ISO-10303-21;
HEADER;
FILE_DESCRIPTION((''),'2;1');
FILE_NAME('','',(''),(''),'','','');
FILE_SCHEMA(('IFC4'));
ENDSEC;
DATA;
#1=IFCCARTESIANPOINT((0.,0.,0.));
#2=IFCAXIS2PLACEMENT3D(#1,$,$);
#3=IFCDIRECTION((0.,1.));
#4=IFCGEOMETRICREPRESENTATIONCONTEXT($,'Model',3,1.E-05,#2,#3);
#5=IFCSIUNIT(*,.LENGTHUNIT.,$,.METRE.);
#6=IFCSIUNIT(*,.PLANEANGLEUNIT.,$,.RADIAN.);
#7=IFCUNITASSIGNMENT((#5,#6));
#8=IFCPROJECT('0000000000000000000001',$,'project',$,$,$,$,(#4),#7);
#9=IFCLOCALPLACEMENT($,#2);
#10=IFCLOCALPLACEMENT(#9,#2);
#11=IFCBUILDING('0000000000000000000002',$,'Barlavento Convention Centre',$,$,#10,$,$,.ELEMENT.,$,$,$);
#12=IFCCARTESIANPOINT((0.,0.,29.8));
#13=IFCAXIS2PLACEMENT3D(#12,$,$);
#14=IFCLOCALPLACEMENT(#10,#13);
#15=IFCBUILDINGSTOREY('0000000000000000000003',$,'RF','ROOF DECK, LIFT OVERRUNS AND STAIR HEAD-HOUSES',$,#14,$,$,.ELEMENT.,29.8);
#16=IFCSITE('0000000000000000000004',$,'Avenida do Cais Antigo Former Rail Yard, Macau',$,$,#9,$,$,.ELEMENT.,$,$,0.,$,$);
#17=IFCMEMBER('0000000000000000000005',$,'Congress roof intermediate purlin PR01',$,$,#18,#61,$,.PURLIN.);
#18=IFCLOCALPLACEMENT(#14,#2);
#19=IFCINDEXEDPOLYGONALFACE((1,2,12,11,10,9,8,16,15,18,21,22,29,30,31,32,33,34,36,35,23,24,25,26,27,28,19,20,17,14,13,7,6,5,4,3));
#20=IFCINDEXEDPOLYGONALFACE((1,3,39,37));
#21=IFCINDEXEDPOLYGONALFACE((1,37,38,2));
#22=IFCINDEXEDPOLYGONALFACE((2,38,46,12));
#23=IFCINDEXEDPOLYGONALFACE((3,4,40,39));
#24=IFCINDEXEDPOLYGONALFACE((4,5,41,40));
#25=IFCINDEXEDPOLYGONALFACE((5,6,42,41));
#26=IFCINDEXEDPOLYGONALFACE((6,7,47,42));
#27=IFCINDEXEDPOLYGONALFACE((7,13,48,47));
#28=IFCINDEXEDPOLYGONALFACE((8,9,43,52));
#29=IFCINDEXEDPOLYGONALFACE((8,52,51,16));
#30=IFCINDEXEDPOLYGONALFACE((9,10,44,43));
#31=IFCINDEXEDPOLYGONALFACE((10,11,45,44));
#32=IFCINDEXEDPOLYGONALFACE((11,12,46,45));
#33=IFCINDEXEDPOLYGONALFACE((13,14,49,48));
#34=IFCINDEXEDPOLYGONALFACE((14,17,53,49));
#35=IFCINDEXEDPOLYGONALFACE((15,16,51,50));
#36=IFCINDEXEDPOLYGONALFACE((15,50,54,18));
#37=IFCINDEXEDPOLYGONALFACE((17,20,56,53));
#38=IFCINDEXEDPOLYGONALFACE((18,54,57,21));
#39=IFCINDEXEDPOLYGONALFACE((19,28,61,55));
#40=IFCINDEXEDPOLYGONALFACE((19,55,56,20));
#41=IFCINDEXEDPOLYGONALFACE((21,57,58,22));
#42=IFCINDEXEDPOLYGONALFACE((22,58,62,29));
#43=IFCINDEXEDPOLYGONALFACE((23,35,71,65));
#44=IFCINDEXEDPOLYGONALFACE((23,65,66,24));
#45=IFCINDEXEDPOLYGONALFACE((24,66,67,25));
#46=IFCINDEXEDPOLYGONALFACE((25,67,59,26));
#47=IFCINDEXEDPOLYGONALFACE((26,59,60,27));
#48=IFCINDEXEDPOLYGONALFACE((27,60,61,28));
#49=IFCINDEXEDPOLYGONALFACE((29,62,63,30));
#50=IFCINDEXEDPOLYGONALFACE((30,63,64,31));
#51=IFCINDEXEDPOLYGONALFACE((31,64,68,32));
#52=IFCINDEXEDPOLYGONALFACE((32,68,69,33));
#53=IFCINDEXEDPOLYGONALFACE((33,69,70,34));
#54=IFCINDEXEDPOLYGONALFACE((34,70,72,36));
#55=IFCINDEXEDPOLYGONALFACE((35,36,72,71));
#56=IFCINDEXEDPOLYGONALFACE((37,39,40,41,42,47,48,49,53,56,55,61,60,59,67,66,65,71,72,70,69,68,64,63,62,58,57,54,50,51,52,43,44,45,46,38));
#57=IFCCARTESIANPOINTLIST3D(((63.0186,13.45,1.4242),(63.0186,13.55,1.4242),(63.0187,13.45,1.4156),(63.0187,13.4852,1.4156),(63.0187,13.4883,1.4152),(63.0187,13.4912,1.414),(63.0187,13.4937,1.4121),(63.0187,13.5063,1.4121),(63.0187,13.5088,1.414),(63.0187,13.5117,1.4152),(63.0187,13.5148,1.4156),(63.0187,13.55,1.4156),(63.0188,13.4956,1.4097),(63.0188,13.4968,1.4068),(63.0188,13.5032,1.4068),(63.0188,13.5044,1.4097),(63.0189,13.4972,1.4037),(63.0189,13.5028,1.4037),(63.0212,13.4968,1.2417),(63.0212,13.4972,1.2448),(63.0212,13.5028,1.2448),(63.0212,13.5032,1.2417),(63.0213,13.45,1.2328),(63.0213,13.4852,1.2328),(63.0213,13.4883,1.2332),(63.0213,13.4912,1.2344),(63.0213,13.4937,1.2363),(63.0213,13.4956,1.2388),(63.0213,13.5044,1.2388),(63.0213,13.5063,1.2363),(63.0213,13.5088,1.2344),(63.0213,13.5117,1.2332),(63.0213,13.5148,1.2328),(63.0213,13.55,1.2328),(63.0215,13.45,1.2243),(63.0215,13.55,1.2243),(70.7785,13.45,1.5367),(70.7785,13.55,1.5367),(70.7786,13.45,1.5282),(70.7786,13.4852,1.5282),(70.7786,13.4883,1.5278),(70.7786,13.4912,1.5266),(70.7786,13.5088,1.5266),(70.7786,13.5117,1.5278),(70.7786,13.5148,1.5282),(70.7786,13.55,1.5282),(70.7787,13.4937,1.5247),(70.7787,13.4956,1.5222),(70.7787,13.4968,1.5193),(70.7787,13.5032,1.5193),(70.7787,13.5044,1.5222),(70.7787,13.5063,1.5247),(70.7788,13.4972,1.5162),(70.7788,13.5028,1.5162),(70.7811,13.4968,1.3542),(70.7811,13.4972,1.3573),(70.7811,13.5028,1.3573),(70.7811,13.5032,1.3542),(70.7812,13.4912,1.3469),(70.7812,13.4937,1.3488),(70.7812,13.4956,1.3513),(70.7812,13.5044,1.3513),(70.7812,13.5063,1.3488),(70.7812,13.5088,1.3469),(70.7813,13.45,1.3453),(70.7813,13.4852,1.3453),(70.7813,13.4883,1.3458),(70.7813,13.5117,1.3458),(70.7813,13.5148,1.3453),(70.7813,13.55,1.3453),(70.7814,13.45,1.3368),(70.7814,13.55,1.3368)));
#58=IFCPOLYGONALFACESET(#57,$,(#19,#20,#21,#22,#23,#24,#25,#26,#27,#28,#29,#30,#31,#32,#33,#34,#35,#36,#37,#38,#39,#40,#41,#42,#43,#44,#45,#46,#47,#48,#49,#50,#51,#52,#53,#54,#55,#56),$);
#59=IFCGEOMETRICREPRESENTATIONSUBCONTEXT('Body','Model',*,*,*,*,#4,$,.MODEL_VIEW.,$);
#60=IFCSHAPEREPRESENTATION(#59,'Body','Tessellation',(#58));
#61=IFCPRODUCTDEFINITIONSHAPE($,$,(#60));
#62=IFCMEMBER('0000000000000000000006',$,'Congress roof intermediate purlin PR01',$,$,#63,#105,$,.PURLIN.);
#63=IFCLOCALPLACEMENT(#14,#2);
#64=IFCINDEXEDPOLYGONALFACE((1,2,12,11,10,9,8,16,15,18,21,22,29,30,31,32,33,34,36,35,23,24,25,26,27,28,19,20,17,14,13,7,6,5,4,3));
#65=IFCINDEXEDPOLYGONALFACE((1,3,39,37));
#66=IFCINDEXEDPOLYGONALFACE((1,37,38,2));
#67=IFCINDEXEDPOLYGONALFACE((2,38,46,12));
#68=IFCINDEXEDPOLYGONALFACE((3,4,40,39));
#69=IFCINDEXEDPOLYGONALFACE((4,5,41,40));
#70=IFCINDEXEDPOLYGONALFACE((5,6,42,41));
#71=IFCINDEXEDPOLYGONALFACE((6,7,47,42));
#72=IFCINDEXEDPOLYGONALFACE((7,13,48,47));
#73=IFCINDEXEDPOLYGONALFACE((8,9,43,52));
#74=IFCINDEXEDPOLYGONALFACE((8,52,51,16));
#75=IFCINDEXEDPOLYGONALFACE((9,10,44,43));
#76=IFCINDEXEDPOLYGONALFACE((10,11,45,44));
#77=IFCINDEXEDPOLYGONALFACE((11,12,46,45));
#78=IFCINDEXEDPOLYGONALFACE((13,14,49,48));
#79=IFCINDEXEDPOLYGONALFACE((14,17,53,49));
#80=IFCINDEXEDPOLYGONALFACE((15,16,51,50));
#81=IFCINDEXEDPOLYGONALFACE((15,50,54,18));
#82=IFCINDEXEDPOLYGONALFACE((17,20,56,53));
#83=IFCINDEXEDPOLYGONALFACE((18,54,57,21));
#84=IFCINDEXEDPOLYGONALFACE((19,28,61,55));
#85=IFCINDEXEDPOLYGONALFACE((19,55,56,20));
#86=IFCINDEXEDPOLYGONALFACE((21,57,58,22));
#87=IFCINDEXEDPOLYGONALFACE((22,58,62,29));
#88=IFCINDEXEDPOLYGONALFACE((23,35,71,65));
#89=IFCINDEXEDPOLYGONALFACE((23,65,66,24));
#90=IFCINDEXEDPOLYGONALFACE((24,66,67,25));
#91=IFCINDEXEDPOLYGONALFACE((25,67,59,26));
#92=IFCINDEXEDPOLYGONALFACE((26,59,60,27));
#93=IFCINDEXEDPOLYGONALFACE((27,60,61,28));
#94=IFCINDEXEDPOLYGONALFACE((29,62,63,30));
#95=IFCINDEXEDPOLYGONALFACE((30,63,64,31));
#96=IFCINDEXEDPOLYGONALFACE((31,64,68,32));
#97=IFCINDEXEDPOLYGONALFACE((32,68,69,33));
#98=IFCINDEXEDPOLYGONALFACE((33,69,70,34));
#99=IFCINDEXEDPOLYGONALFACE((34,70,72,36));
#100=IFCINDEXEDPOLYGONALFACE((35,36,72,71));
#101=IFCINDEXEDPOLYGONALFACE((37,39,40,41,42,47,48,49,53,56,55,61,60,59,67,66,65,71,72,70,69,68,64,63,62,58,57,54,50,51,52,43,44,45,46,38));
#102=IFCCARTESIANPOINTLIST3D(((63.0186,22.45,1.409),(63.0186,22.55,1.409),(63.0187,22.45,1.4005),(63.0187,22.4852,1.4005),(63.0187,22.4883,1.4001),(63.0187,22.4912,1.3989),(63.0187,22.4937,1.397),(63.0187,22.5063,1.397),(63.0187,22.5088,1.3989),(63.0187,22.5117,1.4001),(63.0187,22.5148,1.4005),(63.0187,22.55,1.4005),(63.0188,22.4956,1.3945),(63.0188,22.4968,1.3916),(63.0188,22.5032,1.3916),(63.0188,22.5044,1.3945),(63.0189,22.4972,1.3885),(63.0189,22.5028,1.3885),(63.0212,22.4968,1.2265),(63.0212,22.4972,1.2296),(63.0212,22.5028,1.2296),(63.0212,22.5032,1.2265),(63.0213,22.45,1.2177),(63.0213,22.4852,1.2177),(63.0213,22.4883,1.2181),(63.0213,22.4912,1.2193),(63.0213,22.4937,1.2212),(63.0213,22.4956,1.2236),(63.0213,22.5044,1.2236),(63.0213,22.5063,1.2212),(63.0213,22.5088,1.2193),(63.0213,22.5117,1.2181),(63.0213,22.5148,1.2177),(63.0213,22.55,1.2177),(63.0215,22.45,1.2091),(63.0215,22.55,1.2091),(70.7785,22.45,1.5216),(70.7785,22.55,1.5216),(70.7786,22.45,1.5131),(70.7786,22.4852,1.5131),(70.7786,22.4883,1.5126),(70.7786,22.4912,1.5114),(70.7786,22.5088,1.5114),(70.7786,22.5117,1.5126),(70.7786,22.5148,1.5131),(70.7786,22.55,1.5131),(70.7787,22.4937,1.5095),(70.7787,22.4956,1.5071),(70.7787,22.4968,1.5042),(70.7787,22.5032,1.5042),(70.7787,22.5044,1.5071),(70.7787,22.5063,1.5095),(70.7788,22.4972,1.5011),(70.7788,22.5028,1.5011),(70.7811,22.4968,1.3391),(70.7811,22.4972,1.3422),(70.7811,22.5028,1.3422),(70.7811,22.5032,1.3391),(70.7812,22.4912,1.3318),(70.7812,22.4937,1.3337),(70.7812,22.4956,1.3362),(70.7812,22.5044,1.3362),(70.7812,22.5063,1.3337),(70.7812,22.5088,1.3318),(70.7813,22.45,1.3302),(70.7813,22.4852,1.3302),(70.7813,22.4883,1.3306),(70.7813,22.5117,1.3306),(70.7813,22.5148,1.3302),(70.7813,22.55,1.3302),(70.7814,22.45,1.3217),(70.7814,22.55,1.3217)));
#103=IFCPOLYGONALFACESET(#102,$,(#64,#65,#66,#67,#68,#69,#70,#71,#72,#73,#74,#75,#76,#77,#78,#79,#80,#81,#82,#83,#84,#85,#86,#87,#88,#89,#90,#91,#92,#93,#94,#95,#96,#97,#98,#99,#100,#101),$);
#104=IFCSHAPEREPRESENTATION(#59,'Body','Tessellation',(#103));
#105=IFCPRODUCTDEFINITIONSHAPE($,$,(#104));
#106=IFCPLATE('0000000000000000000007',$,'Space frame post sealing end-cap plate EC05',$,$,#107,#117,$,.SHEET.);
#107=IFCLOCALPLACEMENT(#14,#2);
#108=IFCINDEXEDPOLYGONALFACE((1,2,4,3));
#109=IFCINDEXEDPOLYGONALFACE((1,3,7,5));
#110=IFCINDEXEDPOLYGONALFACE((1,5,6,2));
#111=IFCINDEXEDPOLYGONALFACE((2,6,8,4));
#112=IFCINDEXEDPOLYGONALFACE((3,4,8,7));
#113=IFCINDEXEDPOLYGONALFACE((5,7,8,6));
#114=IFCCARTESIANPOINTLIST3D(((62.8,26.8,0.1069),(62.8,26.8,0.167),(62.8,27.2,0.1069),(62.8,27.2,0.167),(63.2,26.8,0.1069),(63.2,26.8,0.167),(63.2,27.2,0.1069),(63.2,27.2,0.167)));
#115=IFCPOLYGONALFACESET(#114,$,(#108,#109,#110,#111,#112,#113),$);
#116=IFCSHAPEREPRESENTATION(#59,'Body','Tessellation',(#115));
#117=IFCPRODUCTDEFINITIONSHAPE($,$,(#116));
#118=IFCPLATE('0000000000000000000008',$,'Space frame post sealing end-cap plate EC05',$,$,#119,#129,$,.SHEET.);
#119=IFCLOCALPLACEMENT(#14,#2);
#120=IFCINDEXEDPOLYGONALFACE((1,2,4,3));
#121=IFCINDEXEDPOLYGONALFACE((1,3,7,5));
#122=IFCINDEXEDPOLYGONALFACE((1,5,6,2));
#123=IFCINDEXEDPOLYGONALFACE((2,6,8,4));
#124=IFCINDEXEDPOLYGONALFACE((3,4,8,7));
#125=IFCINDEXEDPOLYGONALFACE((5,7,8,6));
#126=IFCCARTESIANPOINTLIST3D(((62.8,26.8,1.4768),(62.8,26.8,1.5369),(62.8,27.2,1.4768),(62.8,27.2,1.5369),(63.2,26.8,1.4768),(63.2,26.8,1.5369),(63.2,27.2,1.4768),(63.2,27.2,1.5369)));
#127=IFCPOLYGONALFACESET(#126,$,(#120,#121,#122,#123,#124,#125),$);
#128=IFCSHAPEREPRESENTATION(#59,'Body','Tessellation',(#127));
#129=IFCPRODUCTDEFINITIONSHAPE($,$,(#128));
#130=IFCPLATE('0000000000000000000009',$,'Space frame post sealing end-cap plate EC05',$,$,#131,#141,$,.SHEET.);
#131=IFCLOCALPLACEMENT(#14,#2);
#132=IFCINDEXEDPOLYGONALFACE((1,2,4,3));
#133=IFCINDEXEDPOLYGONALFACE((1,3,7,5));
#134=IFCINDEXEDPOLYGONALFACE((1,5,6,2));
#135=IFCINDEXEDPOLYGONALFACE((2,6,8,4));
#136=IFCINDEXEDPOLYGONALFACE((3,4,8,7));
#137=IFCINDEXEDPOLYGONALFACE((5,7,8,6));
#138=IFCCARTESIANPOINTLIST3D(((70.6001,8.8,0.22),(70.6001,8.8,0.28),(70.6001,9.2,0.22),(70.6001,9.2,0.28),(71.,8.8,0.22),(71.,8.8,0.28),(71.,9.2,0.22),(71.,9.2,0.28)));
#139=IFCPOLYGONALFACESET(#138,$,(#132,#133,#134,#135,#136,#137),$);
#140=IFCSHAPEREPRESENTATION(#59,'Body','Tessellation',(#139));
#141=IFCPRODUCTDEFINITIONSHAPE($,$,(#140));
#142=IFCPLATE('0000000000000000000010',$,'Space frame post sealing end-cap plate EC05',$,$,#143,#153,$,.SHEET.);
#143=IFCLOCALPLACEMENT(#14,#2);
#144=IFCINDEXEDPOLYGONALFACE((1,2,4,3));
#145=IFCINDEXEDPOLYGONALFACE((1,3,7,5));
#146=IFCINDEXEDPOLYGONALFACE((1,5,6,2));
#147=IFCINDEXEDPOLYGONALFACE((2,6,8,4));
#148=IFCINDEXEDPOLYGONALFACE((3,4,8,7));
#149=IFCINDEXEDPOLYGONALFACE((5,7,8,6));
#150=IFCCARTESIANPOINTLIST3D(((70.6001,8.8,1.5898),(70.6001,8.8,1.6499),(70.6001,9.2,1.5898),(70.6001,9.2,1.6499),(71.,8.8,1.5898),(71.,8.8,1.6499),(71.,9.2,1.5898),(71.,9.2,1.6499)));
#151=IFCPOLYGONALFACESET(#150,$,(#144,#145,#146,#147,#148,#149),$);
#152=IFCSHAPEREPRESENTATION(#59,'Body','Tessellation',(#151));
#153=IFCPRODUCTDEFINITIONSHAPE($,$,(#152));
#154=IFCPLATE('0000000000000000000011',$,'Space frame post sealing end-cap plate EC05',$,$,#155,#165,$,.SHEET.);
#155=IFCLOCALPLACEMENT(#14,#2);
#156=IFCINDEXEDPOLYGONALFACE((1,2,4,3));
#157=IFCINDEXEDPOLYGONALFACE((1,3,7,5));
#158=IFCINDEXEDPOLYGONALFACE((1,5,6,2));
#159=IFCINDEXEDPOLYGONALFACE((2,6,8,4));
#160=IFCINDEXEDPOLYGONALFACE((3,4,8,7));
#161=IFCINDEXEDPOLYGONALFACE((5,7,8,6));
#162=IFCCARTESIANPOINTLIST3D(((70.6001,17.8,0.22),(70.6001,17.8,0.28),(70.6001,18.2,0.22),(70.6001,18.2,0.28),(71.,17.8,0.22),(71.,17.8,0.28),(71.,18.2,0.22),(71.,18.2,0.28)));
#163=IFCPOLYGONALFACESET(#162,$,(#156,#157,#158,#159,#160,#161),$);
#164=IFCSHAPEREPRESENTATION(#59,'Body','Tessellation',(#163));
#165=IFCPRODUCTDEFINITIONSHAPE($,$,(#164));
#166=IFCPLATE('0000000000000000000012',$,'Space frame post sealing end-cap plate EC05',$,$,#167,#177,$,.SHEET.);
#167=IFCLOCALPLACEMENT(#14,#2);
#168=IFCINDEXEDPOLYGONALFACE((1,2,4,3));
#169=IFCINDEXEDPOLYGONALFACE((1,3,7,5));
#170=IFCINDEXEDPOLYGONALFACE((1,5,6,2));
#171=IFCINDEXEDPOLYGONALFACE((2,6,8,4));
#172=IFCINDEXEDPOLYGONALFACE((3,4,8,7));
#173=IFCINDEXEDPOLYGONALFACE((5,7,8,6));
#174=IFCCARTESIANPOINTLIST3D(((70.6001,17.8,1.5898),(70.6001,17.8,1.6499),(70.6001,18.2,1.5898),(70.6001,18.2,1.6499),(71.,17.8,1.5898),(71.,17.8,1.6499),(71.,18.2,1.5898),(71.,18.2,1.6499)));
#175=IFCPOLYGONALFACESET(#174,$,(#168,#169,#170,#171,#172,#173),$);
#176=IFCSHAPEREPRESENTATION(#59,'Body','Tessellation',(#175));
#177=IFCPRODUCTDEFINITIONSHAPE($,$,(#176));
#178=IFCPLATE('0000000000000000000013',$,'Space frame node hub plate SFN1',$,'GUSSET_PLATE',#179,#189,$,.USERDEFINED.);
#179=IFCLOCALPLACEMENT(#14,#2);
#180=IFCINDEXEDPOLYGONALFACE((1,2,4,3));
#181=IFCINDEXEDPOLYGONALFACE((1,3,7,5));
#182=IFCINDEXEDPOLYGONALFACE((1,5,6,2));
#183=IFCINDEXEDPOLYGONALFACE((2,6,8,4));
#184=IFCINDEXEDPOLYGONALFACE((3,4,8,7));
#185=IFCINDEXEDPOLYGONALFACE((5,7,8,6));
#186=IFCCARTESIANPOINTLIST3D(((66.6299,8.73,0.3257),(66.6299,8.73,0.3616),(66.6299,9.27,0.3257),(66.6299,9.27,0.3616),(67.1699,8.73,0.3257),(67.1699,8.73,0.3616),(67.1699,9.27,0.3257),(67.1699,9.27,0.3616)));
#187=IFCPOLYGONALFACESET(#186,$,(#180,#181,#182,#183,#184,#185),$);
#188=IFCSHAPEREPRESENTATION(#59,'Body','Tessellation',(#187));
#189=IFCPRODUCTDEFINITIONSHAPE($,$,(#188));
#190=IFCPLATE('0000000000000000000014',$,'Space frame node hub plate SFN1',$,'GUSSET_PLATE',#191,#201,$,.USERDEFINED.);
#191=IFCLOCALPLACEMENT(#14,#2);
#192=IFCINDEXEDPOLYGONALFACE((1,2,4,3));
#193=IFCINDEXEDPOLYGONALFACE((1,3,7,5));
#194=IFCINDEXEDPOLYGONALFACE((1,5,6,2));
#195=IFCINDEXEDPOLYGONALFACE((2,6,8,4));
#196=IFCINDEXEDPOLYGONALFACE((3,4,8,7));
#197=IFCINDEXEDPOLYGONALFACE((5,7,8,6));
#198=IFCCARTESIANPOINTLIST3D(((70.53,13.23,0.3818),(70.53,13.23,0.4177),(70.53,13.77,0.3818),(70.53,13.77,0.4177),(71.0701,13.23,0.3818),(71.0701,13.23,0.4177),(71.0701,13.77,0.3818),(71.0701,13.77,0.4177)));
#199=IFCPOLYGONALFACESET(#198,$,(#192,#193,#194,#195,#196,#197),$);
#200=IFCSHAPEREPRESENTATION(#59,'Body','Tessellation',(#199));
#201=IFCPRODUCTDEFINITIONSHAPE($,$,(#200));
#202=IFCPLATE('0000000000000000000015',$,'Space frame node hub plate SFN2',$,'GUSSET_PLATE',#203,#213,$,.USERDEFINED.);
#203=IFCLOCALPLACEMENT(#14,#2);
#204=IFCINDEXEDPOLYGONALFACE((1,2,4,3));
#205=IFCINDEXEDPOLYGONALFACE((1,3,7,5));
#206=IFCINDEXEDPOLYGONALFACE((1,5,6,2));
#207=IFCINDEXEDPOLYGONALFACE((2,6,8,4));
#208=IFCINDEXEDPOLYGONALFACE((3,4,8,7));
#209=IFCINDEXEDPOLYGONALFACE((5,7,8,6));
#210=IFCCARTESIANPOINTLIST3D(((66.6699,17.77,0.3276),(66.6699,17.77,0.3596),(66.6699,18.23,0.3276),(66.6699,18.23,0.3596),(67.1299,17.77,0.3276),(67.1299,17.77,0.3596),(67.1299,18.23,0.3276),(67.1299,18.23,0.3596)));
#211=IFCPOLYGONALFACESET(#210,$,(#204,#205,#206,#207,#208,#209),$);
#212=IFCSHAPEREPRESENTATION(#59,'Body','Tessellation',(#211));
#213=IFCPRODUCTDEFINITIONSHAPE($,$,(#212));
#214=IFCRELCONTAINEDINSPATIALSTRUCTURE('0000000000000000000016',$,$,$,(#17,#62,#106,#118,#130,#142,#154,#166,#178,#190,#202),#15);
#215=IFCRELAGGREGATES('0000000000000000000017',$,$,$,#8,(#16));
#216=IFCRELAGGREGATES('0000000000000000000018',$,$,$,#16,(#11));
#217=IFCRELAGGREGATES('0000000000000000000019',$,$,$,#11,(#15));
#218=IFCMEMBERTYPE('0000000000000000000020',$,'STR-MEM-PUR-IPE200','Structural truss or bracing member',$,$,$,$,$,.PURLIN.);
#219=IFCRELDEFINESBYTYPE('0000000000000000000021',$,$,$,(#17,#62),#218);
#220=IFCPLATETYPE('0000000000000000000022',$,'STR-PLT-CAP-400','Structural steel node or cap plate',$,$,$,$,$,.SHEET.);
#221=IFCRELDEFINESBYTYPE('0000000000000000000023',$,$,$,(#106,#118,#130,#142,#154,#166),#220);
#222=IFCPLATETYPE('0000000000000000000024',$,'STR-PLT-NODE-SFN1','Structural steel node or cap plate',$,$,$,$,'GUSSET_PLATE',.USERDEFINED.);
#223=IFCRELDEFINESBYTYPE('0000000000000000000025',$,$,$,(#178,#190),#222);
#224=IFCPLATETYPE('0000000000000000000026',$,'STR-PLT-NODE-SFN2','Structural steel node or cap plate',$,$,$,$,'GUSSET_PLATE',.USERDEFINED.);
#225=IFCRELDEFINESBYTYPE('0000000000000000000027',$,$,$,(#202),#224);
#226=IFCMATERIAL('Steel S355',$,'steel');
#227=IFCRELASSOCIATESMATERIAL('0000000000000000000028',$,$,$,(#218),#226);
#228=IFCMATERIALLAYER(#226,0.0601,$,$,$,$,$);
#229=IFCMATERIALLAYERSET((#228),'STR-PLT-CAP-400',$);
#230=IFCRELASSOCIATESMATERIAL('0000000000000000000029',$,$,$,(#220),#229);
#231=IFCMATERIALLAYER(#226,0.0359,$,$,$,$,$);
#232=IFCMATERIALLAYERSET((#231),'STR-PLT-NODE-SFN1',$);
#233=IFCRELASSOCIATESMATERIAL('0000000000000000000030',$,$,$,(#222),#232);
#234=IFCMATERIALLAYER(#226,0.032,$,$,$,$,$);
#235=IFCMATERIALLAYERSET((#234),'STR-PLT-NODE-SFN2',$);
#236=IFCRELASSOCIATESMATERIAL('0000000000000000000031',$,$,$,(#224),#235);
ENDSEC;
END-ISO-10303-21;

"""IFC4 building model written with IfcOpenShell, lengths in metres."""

from ifc_helpers import new_model, si_unit, direction, frame, origin, origin_2d, place, context, subcontext, project, spatial, rectangle, i_section, extrude, material, layer, layer_set, material_profile, profile_set, type_object, element, save


model = new_model("IFC4")

# Units and contexts
model_context = context("Model", 3, precision=1e-05, world=origin(), true_north=direction((0.0, 1.0)))
body_context = subcontext(model_context, "Body", "Model", "MODEL_VIEW")
ifc_project = project(units=[si_unit("LENGTHUNIT", "METRE"), si_unit("PLANEANGLEUNIT", "RADIAN")], contexts=[model_context])

# Site, building, storey
site_placement = place(None, origin())
site = spatial("IfcSite", under=ifc_project, at=site_placement, Name="Avenida do Cais Antigo Former Rail Yard, Macau", CompositionType="ELEMENT", RefElevation=0.0)
building_placement = place(site_placement, origin())
building = spatial("IfcBuilding", under=site, at=building_placement, Name="Barlavento Convention Centre", CompositionType="ELEMENT")
storey_placement = place(building_placement, frame((0.0, 0.0, 29.8)))
storey = spatial("IfcBuildingStorey", under=building, at=storey_placement, Name="RF", Description="ROOF DECK, LIFT OVERRUNS AND STAIR HEAD-HOUSES", CompositionType="ELEMENT", Elevation=29.8)

# Shared definitions
ifc_material_1 = material(Name="Steel S355", Category="steel")

# Members
ifc_material_profile_1 = material_profile(ifc_material_1, i_section(OverallWidth=0.1001, OverallDepth=0.2, WebThickness=0.0056, FlangeThickness=0.0085, FilletRadius=0.012, at=origin_2d()), Name="IPE 200")
ifc_profile_set_1 = profile_set([ifc_material_profile_1], Name="Steel S355")
member_type_1 = type_object("IfcMemberType", Name="STR-MEM-PUR-IPE200", Description="Structural truss or bracing member", PredefinedType="PURLIN", material=ifc_profile_set_1)
for number, where, z_axis, x_axis, name in (
    (1, (63.02, 13.5, 1.3242), (0.999895, 0.0, 0.014502), (0.0, 1.0, 0.0), "Congress roof intermediate purlin PR01"),
    (2, (63.02, 22.5, 1.3091), (0.999895, 0.0, 0.014502), (0.0, 1.0, 0.0), "Congress roof intermediate purlin PR01"),
):
    element("IfcMember", number, at=place(storey_placement, frame(where, z_axis=z_axis, x_axis=x_axis)), inside=storey, type_object=member_type_1, Name=name, PredefinedType="PURLIN", context=body_context, shape_type="SweptSolid", body=[
        extrude(i_section(OverallWidth=0.1001, OverallDepth=0.2, WebThickness=0.0056, FlangeThickness=0.0085, FilletRadius=0.012, at=origin_2d()), origin(), (0.0, 0.0, 1.0), 7.7607),
    ])

# Plates
ifc_layer_1 = layer(ifc_material_1, 0.0601)
ifc_layer_set_1 = layer_set([ifc_layer_1], Name="STR-PLT-CAP-400")
plate_type_1 = type_object("IfcPlateType", Name="STR-PLT-CAP-400", Description="Structural steel node or cap plate", PredefinedType="SHEET", material=ifc_layer_set_1)
for number, where, z_axis, x_axis, name in (
    (3, (63.0, 27.0, 0.1069), (0.0, 0.0, 1.0), (1.0, 0.0, 0.0), "Space frame post sealing end-cap plate EC05"),
    (4, (63.0, 27.0, 1.4768), (0.0, 0.0, 1.0), (1.0, 0.0, 0.0), "Space frame post sealing end-cap plate EC05"),
    (5, (70.8, 9.0, 0.22), (0.0, 0.0, 1.0), (1.0, 0.0, 0.0), "Space frame post sealing end-cap plate EC05"),
    (6, (70.8, 9.0, 1.5898), (0.0, 0.0, 1.0), (1.0, 0.0, 0.0), "Space frame post sealing end-cap plate EC05"),
    (7, (70.8, 18.0, 0.22), (0.0, 0.0, 1.0), (1.0, 0.0, 0.0), "Space frame post sealing end-cap plate EC05"),
    (8, (70.8, 18.0, 1.5898), (0.0, 0.0, 1.0), (1.0, 0.0, 0.0), "Space frame post sealing end-cap plate EC05"),
):
    element("IfcPlate", number, at=place(storey_placement, frame(where, z_axis=z_axis, x_axis=x_axis)), inside=storey, type_object=plate_type_1, Name=name, PredefinedType="SHEET", context=body_context, shape_type="SweptSolid", body=[
        extrude(rectangle(XDim=0.3999, YDim=0.3999, at=origin_2d()), origin(), (0.0, 0.0, 1.0), 0.0601),
    ])
ifc_layer_2 = layer(ifc_material_1, 0.0359)
ifc_layer_set_2 = layer_set([ifc_layer_2], Name="STR-PLT-NODE-SFN1")
plate_type_2 = type_object("IfcPlateType", Name="STR-PLT-NODE-SFN1", Description="Structural steel node or cap plate", ElementType="GUSSET_PLATE", PredefinedType="USERDEFINED", material=ifc_layer_set_2)
for number, where, z_axis, x_axis, name in (
    (9, (66.8999, 9.0, 0.3257), (0.0, 0.0, 1.0), (1.0, 0.0, 0.0), "Space frame node hub plate SFN1"),
    (10, (70.8, 13.5, 0.3818), (0.0, 0.0, 1.0), (1.0, 0.0, 0.0), "Space frame node hub plate SFN1"),
):
    element("IfcPlate", number, at=place(storey_placement, frame(where, z_axis=z_axis, x_axis=x_axis)), inside=storey, type_object=plate_type_2, Name=name, ObjectType="GUSSET_PLATE", PredefinedType="USERDEFINED", context=body_context, shape_type="SweptSolid", body=[
        extrude(rectangle(XDim=0.54, YDim=0.54, at=origin_2d()), origin(), (0.0, 0.0, 1.0), 0.0359),
    ])
ifc_layer_3 = layer(ifc_material_1, 0.032)
ifc_layer_set_3 = layer_set([ifc_layer_3], Name="STR-PLT-NODE-SFN2")
plate_type_3 = type_object("IfcPlateType", Name="STR-PLT-NODE-SFN2", Description="Structural steel node or cap plate", ElementType="GUSSET_PLATE", PredefinedType="USERDEFINED", material=ifc_layer_set_3)
for number, where, z_axis, x_axis, name in (
    (11, (66.8999, 18.0, 0.3276), (0.0, 0.0, 1.0), (1.0, 0.0, 0.0), "Space frame node hub plate SFN2"),
):
    element("IfcPlate", number, at=place(storey_placement, frame(where, z_axis=z_axis, x_axis=x_axis)), inside=storey, type_object=plate_type_3, Name=name, ObjectType="GUSSET_PLATE", PredefinedType="USERDEFINED", context=body_context, shape_type="SweptSolid", body=[
        extrude(rectangle(XDim=0.46, YDim=0.46, at=origin_2d()), origin(), (0.0, 0.0, 1.0), 0.032),
    ])

save(model, "model.ifc")
